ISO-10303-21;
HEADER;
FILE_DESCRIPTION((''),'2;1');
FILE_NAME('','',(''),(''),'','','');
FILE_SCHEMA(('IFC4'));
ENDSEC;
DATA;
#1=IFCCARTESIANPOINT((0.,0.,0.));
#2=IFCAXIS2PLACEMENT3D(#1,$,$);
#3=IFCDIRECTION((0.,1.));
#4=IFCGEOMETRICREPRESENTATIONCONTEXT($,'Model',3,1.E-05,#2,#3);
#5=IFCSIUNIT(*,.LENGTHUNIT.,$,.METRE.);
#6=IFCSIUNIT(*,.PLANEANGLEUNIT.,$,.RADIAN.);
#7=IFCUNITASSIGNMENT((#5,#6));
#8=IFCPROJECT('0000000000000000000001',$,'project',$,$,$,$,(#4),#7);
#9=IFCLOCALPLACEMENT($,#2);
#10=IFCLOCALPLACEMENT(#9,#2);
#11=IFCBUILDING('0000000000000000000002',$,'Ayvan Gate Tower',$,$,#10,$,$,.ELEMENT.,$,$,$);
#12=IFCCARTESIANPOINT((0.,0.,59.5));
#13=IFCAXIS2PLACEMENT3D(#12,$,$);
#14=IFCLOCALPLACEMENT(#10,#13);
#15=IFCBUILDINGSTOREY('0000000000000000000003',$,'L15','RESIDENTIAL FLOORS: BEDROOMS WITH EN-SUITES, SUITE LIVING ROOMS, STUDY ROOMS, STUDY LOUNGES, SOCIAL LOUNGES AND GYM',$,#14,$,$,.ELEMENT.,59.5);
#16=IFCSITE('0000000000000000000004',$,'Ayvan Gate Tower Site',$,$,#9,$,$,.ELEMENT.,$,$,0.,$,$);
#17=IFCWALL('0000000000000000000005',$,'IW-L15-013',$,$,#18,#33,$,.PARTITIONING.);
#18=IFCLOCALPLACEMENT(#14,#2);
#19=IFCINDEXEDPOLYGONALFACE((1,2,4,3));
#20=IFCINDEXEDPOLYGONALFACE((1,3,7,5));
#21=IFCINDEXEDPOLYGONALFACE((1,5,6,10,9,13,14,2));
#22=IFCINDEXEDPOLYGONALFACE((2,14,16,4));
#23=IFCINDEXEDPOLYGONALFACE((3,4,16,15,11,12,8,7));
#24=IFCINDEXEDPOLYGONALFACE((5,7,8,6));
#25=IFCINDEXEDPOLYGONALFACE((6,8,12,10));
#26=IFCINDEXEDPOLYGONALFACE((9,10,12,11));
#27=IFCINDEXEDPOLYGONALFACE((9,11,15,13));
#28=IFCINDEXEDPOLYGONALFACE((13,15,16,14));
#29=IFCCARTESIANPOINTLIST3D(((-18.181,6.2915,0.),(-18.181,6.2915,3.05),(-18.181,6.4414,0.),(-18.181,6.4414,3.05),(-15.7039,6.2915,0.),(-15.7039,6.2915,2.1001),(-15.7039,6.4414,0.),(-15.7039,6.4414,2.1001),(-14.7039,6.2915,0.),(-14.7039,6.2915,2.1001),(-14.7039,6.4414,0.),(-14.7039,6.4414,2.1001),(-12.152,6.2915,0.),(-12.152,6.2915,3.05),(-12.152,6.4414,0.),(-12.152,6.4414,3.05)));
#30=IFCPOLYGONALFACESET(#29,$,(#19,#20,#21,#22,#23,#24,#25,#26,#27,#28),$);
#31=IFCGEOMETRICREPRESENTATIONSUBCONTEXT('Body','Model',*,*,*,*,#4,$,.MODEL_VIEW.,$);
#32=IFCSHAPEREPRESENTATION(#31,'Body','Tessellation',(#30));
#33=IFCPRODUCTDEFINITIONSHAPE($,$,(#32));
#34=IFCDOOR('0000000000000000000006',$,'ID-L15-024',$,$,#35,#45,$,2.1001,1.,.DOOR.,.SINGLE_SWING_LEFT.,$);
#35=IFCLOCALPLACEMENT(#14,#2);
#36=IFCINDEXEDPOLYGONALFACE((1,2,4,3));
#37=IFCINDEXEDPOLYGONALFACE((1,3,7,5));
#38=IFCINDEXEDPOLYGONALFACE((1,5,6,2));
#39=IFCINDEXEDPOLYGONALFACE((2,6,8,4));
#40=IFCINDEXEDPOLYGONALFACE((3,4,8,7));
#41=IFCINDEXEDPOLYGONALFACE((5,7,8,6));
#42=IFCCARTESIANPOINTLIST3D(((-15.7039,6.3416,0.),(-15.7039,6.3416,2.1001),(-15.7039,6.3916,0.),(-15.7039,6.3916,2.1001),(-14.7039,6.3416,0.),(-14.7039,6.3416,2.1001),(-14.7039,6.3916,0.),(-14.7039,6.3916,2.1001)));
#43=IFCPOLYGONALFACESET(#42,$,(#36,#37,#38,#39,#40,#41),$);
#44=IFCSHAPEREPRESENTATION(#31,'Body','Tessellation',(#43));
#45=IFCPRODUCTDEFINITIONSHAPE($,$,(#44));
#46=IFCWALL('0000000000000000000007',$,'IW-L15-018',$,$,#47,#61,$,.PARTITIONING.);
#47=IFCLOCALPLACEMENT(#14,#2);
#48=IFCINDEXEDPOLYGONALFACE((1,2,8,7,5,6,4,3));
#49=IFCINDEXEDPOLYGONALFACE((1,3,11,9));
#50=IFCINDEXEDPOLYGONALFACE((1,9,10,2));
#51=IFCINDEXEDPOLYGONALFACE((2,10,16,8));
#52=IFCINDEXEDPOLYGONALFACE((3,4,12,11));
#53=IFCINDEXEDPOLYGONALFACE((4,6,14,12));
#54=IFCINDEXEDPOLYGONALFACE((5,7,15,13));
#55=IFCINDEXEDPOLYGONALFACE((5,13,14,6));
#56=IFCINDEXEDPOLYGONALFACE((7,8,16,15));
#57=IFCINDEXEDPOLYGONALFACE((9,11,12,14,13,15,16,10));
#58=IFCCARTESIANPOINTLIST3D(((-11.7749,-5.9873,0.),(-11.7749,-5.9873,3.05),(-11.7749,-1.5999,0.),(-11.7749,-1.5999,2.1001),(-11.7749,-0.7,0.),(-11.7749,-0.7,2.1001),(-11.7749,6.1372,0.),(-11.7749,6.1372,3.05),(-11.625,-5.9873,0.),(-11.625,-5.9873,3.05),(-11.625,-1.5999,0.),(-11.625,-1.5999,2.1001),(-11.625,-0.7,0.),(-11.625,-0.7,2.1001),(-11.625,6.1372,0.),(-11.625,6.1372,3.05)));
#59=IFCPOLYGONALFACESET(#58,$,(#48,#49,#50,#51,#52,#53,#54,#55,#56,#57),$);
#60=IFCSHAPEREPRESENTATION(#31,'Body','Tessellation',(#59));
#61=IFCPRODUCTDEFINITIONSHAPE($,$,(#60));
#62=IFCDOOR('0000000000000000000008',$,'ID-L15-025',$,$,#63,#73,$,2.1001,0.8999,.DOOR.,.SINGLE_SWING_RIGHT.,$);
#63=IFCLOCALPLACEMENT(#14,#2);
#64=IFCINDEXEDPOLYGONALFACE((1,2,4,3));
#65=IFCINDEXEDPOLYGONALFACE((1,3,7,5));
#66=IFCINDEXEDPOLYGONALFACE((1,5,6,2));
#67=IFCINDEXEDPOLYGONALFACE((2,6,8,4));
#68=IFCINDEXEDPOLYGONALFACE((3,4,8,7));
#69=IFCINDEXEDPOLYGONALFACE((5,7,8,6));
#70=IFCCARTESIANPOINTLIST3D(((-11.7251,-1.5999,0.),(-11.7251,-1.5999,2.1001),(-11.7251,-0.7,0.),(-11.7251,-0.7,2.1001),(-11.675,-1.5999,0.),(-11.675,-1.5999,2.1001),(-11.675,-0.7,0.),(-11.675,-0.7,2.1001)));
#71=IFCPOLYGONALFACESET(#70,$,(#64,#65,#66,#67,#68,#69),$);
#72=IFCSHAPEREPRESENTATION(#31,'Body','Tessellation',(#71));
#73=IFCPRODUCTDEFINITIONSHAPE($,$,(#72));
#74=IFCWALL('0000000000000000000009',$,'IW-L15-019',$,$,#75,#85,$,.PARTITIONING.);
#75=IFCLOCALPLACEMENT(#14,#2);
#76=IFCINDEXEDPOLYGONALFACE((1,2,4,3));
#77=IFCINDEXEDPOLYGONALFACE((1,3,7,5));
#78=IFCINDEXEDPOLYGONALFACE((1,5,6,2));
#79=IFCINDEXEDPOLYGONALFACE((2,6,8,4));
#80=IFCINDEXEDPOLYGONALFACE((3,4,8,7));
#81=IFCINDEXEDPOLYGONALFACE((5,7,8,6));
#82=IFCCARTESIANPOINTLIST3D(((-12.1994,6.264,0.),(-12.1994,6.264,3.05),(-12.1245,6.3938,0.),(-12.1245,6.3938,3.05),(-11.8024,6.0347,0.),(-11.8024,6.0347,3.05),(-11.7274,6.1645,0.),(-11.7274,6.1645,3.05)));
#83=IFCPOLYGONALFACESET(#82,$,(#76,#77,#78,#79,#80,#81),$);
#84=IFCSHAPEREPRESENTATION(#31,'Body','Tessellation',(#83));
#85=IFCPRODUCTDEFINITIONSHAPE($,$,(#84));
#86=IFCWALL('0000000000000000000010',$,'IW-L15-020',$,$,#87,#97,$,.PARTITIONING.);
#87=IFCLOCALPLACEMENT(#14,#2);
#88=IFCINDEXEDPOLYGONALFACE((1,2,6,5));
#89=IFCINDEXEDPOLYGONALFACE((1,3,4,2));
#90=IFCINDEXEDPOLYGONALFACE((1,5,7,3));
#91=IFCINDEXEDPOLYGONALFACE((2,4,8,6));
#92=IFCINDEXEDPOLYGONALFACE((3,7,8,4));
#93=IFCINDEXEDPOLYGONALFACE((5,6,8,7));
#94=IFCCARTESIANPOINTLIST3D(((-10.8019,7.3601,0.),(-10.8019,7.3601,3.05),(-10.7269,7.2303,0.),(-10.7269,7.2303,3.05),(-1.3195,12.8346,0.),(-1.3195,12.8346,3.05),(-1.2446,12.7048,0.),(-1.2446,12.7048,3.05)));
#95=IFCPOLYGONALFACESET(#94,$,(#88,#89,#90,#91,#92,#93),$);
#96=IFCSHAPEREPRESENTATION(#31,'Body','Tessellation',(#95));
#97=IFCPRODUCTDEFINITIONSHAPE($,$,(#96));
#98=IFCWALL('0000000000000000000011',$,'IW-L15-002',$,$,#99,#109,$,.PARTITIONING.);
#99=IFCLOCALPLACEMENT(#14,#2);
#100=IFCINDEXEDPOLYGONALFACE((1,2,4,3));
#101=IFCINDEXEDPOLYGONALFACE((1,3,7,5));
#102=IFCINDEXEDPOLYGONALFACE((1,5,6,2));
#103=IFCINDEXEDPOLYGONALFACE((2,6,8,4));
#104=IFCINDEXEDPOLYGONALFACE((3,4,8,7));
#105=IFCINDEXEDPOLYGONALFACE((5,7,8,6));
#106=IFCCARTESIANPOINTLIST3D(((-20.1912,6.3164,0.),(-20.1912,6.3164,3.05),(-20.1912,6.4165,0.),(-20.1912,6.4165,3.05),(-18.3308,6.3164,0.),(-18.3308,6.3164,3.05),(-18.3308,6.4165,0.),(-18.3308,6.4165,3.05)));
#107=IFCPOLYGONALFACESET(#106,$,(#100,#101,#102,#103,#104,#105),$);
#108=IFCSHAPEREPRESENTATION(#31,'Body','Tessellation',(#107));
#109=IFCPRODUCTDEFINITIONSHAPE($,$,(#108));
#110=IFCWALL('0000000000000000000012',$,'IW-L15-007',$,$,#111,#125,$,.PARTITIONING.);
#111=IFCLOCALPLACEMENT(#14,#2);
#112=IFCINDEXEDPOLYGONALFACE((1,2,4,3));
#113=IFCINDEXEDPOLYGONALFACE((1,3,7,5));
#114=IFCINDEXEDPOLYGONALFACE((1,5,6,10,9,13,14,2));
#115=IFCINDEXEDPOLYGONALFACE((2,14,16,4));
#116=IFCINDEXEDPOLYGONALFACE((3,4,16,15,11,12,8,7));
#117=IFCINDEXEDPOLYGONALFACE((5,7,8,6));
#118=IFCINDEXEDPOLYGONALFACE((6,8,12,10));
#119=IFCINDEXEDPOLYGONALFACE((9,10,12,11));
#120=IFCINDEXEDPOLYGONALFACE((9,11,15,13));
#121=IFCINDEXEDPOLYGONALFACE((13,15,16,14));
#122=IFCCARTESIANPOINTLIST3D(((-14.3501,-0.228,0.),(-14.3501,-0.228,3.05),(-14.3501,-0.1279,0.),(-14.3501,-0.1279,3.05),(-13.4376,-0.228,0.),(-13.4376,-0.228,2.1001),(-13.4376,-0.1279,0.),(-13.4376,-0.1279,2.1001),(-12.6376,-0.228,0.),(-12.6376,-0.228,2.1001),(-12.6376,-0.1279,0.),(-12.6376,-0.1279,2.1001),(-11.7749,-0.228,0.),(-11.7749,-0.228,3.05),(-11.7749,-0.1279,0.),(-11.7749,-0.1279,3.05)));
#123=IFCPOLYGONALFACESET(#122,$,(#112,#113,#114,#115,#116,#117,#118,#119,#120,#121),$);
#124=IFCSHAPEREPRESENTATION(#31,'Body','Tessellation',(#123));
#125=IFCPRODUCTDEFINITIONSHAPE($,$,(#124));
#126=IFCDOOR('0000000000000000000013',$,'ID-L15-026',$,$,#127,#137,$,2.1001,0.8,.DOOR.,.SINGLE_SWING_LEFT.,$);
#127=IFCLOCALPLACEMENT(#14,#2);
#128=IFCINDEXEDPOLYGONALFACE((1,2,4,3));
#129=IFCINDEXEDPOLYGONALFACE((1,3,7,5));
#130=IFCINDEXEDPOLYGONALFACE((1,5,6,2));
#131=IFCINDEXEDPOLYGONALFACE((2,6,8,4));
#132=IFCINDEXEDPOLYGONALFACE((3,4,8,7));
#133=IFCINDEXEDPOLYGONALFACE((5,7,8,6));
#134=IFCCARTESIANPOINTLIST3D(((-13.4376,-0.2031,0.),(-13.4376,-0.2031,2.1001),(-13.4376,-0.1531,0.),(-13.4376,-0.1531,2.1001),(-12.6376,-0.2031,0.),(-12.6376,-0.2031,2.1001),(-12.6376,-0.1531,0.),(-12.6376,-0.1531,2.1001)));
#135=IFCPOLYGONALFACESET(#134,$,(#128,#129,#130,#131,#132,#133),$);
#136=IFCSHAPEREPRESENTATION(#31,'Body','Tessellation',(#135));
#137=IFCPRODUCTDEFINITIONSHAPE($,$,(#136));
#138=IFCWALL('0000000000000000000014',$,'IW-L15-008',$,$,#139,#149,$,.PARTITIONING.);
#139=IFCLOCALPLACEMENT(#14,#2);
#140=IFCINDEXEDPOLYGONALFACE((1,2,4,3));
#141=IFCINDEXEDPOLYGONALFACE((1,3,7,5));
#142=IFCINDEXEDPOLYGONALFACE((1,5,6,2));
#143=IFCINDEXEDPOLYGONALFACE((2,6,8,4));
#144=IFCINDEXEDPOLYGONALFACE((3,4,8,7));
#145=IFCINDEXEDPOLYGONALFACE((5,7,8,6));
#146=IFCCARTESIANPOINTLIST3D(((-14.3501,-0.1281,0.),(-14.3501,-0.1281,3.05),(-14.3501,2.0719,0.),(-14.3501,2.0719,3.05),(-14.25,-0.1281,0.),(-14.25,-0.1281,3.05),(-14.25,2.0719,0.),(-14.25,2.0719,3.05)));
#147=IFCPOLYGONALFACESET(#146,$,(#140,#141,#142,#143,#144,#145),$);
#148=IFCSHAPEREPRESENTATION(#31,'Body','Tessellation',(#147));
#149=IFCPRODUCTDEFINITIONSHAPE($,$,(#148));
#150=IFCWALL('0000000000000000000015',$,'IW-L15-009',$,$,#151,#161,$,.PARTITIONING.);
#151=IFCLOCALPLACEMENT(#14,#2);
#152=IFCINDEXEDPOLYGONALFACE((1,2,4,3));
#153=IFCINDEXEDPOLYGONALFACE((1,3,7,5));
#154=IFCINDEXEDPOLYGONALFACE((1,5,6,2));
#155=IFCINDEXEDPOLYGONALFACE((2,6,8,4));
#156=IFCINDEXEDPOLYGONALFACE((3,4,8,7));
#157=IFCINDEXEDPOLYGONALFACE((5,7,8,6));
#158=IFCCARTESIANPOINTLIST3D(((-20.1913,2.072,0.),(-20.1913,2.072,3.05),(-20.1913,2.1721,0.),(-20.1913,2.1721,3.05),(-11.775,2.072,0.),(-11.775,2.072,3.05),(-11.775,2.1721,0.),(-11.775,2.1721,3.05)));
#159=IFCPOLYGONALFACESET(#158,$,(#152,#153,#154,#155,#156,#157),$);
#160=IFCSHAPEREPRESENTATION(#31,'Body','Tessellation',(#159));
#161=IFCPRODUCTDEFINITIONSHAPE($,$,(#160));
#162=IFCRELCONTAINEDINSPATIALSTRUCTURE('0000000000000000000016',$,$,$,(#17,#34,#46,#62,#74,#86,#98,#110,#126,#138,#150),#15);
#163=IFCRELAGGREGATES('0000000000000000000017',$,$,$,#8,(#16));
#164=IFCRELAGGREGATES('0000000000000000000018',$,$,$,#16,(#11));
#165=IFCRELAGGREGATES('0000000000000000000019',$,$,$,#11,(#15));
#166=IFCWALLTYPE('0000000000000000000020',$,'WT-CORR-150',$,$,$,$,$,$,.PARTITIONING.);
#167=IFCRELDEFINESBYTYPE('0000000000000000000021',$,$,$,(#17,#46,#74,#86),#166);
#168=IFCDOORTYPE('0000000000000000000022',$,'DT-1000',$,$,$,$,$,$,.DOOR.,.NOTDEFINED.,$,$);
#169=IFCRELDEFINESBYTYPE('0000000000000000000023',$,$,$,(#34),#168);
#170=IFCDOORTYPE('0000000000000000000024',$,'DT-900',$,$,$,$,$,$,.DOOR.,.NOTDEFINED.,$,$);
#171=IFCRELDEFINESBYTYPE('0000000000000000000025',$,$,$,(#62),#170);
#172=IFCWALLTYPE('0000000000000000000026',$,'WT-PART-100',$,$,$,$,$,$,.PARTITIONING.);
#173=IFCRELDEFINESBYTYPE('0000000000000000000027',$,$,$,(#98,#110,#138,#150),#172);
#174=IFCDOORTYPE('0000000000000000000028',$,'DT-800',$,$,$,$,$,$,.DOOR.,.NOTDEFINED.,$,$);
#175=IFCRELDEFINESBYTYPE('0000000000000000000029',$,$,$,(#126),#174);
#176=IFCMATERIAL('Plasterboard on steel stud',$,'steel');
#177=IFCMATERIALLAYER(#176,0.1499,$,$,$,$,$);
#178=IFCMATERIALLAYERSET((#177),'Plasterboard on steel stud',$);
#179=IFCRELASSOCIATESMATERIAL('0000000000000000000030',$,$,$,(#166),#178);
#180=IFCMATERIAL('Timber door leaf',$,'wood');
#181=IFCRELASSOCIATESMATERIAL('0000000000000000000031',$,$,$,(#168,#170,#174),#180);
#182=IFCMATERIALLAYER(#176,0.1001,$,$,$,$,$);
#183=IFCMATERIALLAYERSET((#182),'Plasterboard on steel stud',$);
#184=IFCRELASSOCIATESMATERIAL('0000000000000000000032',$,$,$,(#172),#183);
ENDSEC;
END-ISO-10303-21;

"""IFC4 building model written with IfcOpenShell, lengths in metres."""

from ifc_helpers import new_model, si_unit, direction, frame, frame_2d, origin, place, context, subcontext, project, spatial, rectangle, extrude, material, layer, layer_set, type_object, element, fill, save


model = new_model("IFC4")

# Units and contexts
model_context = context("Model", 3, precision=1e-05, world=origin(), true_north=direction((0.0, 1.0)))
body_context = subcontext(model_context, "Body", "Model", "MODEL_VIEW")
ifc_project = project(units=[si_unit("LENGTHUNIT", "METRE"), si_unit("PLANEANGLEUNIT", "RADIAN")], contexts=[model_context])

# Site, building, storey
site_placement = place(None, origin())
site = spatial("IfcSite", under=ifc_project, at=site_placement, Name="Ayvan Gate Tower Site", CompositionType="ELEMENT", RefElevation=0.0)
building_placement = place(site_placement, origin())
building = spatial("IfcBuilding", under=site, at=building_placement, Name="Ayvan Gate Tower", CompositionType="ELEMENT")
storey_placement = place(building_placement, frame((0.0, 0.0, 59.5)))
storey = spatial("IfcBuildingStorey", under=building, at=storey_placement, Name="L15", Description="RESIDENTIAL FLOORS: BEDROOMS WITH EN-SUITES, SUITE LIVING ROOMS, STUDY ROOMS, STUDY LOUNGES, SOCIAL LOUNGES AND GYM", CompositionType="ELEMENT", Elevation=59.5)

# Walls, openings, doors
ifc_material_1 = material(Name="Plasterboard on steel stud", Category="steel")
ifc_layer_1 = layer(ifc_material_1, 0.1499)
ifc_layer_set_1 = layer_set([ifc_layer_1], Name="Plasterboard on steel stud")
wall_type_1 = type_object("IfcWallType", Name="WT-CORR-150", PredefinedType="PARTITIONING", material=ifc_layer_set_1)
ifc_material_2 = material(Name="Timber door leaf", Category="wood")
door_type_1 = type_object("IfcDoorType", Name="DT-1000", OperationType="NOTDEFINED", PredefinedType="DOOR", material=ifc_material_2)
wall_1_placement = place(storey_placement, frame((-12.1519, 6.3665, 0.0), z_axis=(0.0, 0.0, 1.0), x_axis=(-1.0, 0.0, 0.0)))
wall_1 = element("IfcWall", 1, at=wall_1_placement, inside=storey, type_object=wall_type_1, Name="IW-L15-013", PredefinedType="PARTITIONING", context=body_context, shape_type="SweptSolid", body=[
    extrude(rectangle(XDim=6.0291, YDim=0.1499, at=frame_2d((3.0146, 0.0))), origin(), (0.0, 0.0, 1.0), 3.05),
])
opening_1_placement = place(wall_1_placement, frame((2.552, 0.0, 0.0)))
opening_1 = element("IfcOpeningElement", 2, at=opening_1_placement, cuts=wall_1, PredefinedType="OPENING", context=body_context, shape_type="SweptSolid", body=[
    extrude(rectangle(XDim=1.0, YDim=2.1001, at=frame_2d((0.5, 1.05))), frame((0.0, 0.085, 0.0), z_axis=(0.0, -1.0, 0.0), x_axis=(1.0, 0.0, 0.0)), (0.0, 0.0, 1.0), 0.1699),
])
door_1_placement = place(opening_1_placement, origin())
door_1 = element("IfcDoor", 3, at=door_1_placement, inside=storey, type_object=door_type_1, Name="ID-L15-024", OperationType="SINGLE_SWING_LEFT", OverallHeight=2.1001, OverallWidth=1.0, PredefinedType="DOOR", context=body_context, shape_type="SweptSolid", body=[
    extrude(rectangle(XDim=1.0, YDim=2.1001, at=frame_2d((0.5, 1.05))), frame((0.0, 0.0249, 0.0), z_axis=(0.0, -1.0, 0.0), x_axis=(1.0, 0.0, 0.0)), (0.0, 0.0, 1.0), 0.05),
])
fill(opening_1, door_1)
wall_2_placement = place(storey_placement, frame((-11.7, 6.1372, 0.0), z_axis=(0.0, 0.0, 1.0), x_axis=(0.0, -1.0, 0.0)))
wall_2 = element("IfcWall", 4, at=wall_2_placement, inside=storey, type_object=wall_type_1, Name="IW-L15-018", PredefinedType="PARTITIONING", context=body_context, shape_type="SweptSolid", body=[
    extrude(rectangle(XDim=12.1245, YDim=0.1499, at=frame_2d((6.0623, 0.0))), origin(), (0.0, 0.0, 1.0), 3.05),
])
opening_2_placement = place(wall_2_placement, frame((6.8372, 0.0, 0.0)))
opening_2 = element("IfcOpeningElement", 5, at=opening_2_placement, cuts=wall_2, PredefinedType="OPENING", context=body_context, shape_type="SweptSolid", body=[
    extrude(rectangle(XDim=0.8999, YDim=2.1001, at=frame_2d((0.45, 1.05))), frame((0.0, 0.085, 0.0), z_axis=(0.0, -1.0, 0.0), x_axis=(1.0, 0.0, 0.0)), (0.0, 0.0, 1.0), 0.1699),
])
door_type_2 = type_object("IfcDoorType", Name="DT-900", OperationType="NOTDEFINED", PredefinedType="DOOR", material=ifc_material_2)
door_2_placement = place(opening_2_placement, origin())
door_2 = element("IfcDoor", 6, at=door_2_placement, inside=storey, type_object=door_type_2, Name="ID-L15-025", OperationType="SINGLE_SWING_RIGHT", OverallHeight=2.1001, OverallWidth=0.8999, PredefinedType="DOOR", context=body_context, shape_type="SweptSolid", body=[
    extrude(rectangle(XDim=0.8999, YDim=2.1001, at=frame_2d((0.45, 1.05))), frame((0.0, 0.0249, 0.0), z_axis=(0.0, -1.0, 0.0), x_axis=(1.0, 0.0, 0.0)), (0.0, 0.0, 1.0), 0.05),
])
fill(opening_2, door_2)

# Walls
wall_3_placement = place(storey_placement, frame((-11.7649, 6.0996, 0.0), z_axis=(0.0, 0.0, 1.0), x_axis=(-0.865973, 0.500091, 0.0)))
element("IfcWall", 7, at=wall_3_placement, inside=storey, type_object=wall_type_1, Name="IW-L15-019", PredefinedType="PARTITIONING", context=body_context, shape_type="SweptSolid", body=[
    extrude(rectangle(XDim=0.4585, YDim=0.1499, at=frame_2d((0.2292, 0.0))), origin(), (0.0, 0.0, 1.0), 3.05),
])
wall_4_placement = place(storey_placement, frame((-10.7644, 7.2952, 0.0), z_axis=(0.0, 0.0, 1.0), x_axis=(0.866028, 0.499995, 0.0)))
element("IfcWall", 8, at=wall_4_placement, inside=storey, type_object=wall_type_1, Name="IW-L15-020", PredefinedType="PARTITIONING", context=body_context, shape_type="SweptSolid", body=[
    extrude(rectangle(XDim=10.9492, YDim=0.1499, at=frame_2d((5.4746, 0.0))), origin(), (0.0, 0.0, 1.0), 3.05),
])
ifc_layer_2 = layer(ifc_material_1, 0.1001)
ifc_layer_set_2 = layer_set([ifc_layer_2], Name="Plasterboard on steel stud")
wall_type_2 = type_object("IfcWallType", Name="WT-PART-100", PredefinedType="PARTITIONING", material=ifc_layer_set_2)
wall_5_placement = place(storey_placement, frame((-18.3308, 6.3665, 0.0), z_axis=(0.0, 0.0, 1.0), x_axis=(-1.0, 0.0, 0.0)))
element("IfcWall", 9, at=wall_5_placement, inside=storey, type_object=wall_type_2, Name="IW-L15-002", PredefinedType="PARTITIONING", context=body_context, shape_type="SweptSolid", body=[
    extrude(rectangle(XDim=1.8604, YDim=0.1001, at=frame_2d((0.9302, 0.0))), origin(), (0.0, 0.0, 1.0), 3.05),
])

# Wall, opening, door
wall_6_placement = place(storey_placement, frame((-14.3501, -0.178, 0.0), z_axis=(0.0, 0.0, 1.0), x_axis=(1.0, 0.0, 0.0)))
wall_6 = element("IfcWall", 10, at=wall_6_placement, inside=storey, type_object=wall_type_2, Name="IW-L15-007", PredefinedType="PARTITIONING", context=body_context, shape_type="SweptSolid", body=[
    extrude(rectangle(XDim=2.5752, YDim=0.1001, at=frame_2d((1.2876, 0.0))), origin(), (0.0, 0.0, 1.0), 3.05),
])
opening_3_placement = place(wall_6_placement, frame((0.9126, 0.0, 0.0)))
opening_3 = element("IfcOpeningElement", 11, at=opening_3_placement, cuts=wall_6, PredefinedType="OPENING", context=body_context, shape_type="SweptSolid", body=[
    extrude(rectangle(XDim=0.8, YDim=2.1001, at=frame_2d((0.3999, 1.05))), frame((0.0, 0.0601, 0.0), z_axis=(0.0, -1.0, 0.0), x_axis=(1.0, 0.0, 0.0)), (0.0, 0.0, 1.0), 0.1201),
])
door_type_3 = type_object("IfcDoorType", Name="DT-800", OperationType="NOTDEFINED", PredefinedType="DOOR", material=ifc_material_2)
door_3_placement = place(opening_3_placement, origin())
door_3 = element("IfcDoor", 12, at=door_3_placement, inside=storey, type_object=door_type_3, Name="ID-L15-026", OperationType="SINGLE_SWING_LEFT", OverallHeight=2.1001, OverallWidth=0.8, PredefinedType="DOOR", context=body_context, shape_type="SweptSolid", body=[
    extrude(rectangle(XDim=0.8, YDim=2.1001, at=frame_2d((0.3999, 1.05))), frame((0.0, 0.0249, 0.0), z_axis=(0.0, -1.0, 0.0), x_axis=(1.0, 0.0, 0.0)), (0.0, 0.0, 1.0), 0.05),
])
fill(opening_3, door_3)

# Walls
wall_7_placement = place(storey_placement, frame((-14.3, 2.072, 0.0), z_axis=(0.0, 0.0, 1.0), x_axis=(0.0, -1.0, 0.0)))
element("IfcWall", 13, at=wall_7_placement, inside=storey, type_object=wall_type_2, Name="IW-L15-008", PredefinedType="PARTITIONING", context=body_context, shape_type="SweptSolid", body=[
    extrude(rectangle(XDim=2.2, YDim=0.1001, at=frame_2d((1.1001, 0.0))), origin(), (0.0, 0.0, 1.0), 3.05),
])
wall_8_placement = place(storey_placement, frame((-20.1912, 2.1221, 0.0), z_axis=(0.0, 0.0, 1.0), x_axis=(1.0, 0.0, 0.0)))
element("IfcWall", 14, at=wall_8_placement, inside=storey, type_object=wall_type_2, Name="IW-L15-009", PredefinedType="PARTITIONING", context=body_context, shape_type="SweptSolid", body=[
    extrude(rectangle(XDim=8.4163, YDim=0.1001, at=frame_2d((4.208, 0.0))), origin(), (0.0, 0.0, 1.0), 3.05),
])

save(model, "model.ifc")
